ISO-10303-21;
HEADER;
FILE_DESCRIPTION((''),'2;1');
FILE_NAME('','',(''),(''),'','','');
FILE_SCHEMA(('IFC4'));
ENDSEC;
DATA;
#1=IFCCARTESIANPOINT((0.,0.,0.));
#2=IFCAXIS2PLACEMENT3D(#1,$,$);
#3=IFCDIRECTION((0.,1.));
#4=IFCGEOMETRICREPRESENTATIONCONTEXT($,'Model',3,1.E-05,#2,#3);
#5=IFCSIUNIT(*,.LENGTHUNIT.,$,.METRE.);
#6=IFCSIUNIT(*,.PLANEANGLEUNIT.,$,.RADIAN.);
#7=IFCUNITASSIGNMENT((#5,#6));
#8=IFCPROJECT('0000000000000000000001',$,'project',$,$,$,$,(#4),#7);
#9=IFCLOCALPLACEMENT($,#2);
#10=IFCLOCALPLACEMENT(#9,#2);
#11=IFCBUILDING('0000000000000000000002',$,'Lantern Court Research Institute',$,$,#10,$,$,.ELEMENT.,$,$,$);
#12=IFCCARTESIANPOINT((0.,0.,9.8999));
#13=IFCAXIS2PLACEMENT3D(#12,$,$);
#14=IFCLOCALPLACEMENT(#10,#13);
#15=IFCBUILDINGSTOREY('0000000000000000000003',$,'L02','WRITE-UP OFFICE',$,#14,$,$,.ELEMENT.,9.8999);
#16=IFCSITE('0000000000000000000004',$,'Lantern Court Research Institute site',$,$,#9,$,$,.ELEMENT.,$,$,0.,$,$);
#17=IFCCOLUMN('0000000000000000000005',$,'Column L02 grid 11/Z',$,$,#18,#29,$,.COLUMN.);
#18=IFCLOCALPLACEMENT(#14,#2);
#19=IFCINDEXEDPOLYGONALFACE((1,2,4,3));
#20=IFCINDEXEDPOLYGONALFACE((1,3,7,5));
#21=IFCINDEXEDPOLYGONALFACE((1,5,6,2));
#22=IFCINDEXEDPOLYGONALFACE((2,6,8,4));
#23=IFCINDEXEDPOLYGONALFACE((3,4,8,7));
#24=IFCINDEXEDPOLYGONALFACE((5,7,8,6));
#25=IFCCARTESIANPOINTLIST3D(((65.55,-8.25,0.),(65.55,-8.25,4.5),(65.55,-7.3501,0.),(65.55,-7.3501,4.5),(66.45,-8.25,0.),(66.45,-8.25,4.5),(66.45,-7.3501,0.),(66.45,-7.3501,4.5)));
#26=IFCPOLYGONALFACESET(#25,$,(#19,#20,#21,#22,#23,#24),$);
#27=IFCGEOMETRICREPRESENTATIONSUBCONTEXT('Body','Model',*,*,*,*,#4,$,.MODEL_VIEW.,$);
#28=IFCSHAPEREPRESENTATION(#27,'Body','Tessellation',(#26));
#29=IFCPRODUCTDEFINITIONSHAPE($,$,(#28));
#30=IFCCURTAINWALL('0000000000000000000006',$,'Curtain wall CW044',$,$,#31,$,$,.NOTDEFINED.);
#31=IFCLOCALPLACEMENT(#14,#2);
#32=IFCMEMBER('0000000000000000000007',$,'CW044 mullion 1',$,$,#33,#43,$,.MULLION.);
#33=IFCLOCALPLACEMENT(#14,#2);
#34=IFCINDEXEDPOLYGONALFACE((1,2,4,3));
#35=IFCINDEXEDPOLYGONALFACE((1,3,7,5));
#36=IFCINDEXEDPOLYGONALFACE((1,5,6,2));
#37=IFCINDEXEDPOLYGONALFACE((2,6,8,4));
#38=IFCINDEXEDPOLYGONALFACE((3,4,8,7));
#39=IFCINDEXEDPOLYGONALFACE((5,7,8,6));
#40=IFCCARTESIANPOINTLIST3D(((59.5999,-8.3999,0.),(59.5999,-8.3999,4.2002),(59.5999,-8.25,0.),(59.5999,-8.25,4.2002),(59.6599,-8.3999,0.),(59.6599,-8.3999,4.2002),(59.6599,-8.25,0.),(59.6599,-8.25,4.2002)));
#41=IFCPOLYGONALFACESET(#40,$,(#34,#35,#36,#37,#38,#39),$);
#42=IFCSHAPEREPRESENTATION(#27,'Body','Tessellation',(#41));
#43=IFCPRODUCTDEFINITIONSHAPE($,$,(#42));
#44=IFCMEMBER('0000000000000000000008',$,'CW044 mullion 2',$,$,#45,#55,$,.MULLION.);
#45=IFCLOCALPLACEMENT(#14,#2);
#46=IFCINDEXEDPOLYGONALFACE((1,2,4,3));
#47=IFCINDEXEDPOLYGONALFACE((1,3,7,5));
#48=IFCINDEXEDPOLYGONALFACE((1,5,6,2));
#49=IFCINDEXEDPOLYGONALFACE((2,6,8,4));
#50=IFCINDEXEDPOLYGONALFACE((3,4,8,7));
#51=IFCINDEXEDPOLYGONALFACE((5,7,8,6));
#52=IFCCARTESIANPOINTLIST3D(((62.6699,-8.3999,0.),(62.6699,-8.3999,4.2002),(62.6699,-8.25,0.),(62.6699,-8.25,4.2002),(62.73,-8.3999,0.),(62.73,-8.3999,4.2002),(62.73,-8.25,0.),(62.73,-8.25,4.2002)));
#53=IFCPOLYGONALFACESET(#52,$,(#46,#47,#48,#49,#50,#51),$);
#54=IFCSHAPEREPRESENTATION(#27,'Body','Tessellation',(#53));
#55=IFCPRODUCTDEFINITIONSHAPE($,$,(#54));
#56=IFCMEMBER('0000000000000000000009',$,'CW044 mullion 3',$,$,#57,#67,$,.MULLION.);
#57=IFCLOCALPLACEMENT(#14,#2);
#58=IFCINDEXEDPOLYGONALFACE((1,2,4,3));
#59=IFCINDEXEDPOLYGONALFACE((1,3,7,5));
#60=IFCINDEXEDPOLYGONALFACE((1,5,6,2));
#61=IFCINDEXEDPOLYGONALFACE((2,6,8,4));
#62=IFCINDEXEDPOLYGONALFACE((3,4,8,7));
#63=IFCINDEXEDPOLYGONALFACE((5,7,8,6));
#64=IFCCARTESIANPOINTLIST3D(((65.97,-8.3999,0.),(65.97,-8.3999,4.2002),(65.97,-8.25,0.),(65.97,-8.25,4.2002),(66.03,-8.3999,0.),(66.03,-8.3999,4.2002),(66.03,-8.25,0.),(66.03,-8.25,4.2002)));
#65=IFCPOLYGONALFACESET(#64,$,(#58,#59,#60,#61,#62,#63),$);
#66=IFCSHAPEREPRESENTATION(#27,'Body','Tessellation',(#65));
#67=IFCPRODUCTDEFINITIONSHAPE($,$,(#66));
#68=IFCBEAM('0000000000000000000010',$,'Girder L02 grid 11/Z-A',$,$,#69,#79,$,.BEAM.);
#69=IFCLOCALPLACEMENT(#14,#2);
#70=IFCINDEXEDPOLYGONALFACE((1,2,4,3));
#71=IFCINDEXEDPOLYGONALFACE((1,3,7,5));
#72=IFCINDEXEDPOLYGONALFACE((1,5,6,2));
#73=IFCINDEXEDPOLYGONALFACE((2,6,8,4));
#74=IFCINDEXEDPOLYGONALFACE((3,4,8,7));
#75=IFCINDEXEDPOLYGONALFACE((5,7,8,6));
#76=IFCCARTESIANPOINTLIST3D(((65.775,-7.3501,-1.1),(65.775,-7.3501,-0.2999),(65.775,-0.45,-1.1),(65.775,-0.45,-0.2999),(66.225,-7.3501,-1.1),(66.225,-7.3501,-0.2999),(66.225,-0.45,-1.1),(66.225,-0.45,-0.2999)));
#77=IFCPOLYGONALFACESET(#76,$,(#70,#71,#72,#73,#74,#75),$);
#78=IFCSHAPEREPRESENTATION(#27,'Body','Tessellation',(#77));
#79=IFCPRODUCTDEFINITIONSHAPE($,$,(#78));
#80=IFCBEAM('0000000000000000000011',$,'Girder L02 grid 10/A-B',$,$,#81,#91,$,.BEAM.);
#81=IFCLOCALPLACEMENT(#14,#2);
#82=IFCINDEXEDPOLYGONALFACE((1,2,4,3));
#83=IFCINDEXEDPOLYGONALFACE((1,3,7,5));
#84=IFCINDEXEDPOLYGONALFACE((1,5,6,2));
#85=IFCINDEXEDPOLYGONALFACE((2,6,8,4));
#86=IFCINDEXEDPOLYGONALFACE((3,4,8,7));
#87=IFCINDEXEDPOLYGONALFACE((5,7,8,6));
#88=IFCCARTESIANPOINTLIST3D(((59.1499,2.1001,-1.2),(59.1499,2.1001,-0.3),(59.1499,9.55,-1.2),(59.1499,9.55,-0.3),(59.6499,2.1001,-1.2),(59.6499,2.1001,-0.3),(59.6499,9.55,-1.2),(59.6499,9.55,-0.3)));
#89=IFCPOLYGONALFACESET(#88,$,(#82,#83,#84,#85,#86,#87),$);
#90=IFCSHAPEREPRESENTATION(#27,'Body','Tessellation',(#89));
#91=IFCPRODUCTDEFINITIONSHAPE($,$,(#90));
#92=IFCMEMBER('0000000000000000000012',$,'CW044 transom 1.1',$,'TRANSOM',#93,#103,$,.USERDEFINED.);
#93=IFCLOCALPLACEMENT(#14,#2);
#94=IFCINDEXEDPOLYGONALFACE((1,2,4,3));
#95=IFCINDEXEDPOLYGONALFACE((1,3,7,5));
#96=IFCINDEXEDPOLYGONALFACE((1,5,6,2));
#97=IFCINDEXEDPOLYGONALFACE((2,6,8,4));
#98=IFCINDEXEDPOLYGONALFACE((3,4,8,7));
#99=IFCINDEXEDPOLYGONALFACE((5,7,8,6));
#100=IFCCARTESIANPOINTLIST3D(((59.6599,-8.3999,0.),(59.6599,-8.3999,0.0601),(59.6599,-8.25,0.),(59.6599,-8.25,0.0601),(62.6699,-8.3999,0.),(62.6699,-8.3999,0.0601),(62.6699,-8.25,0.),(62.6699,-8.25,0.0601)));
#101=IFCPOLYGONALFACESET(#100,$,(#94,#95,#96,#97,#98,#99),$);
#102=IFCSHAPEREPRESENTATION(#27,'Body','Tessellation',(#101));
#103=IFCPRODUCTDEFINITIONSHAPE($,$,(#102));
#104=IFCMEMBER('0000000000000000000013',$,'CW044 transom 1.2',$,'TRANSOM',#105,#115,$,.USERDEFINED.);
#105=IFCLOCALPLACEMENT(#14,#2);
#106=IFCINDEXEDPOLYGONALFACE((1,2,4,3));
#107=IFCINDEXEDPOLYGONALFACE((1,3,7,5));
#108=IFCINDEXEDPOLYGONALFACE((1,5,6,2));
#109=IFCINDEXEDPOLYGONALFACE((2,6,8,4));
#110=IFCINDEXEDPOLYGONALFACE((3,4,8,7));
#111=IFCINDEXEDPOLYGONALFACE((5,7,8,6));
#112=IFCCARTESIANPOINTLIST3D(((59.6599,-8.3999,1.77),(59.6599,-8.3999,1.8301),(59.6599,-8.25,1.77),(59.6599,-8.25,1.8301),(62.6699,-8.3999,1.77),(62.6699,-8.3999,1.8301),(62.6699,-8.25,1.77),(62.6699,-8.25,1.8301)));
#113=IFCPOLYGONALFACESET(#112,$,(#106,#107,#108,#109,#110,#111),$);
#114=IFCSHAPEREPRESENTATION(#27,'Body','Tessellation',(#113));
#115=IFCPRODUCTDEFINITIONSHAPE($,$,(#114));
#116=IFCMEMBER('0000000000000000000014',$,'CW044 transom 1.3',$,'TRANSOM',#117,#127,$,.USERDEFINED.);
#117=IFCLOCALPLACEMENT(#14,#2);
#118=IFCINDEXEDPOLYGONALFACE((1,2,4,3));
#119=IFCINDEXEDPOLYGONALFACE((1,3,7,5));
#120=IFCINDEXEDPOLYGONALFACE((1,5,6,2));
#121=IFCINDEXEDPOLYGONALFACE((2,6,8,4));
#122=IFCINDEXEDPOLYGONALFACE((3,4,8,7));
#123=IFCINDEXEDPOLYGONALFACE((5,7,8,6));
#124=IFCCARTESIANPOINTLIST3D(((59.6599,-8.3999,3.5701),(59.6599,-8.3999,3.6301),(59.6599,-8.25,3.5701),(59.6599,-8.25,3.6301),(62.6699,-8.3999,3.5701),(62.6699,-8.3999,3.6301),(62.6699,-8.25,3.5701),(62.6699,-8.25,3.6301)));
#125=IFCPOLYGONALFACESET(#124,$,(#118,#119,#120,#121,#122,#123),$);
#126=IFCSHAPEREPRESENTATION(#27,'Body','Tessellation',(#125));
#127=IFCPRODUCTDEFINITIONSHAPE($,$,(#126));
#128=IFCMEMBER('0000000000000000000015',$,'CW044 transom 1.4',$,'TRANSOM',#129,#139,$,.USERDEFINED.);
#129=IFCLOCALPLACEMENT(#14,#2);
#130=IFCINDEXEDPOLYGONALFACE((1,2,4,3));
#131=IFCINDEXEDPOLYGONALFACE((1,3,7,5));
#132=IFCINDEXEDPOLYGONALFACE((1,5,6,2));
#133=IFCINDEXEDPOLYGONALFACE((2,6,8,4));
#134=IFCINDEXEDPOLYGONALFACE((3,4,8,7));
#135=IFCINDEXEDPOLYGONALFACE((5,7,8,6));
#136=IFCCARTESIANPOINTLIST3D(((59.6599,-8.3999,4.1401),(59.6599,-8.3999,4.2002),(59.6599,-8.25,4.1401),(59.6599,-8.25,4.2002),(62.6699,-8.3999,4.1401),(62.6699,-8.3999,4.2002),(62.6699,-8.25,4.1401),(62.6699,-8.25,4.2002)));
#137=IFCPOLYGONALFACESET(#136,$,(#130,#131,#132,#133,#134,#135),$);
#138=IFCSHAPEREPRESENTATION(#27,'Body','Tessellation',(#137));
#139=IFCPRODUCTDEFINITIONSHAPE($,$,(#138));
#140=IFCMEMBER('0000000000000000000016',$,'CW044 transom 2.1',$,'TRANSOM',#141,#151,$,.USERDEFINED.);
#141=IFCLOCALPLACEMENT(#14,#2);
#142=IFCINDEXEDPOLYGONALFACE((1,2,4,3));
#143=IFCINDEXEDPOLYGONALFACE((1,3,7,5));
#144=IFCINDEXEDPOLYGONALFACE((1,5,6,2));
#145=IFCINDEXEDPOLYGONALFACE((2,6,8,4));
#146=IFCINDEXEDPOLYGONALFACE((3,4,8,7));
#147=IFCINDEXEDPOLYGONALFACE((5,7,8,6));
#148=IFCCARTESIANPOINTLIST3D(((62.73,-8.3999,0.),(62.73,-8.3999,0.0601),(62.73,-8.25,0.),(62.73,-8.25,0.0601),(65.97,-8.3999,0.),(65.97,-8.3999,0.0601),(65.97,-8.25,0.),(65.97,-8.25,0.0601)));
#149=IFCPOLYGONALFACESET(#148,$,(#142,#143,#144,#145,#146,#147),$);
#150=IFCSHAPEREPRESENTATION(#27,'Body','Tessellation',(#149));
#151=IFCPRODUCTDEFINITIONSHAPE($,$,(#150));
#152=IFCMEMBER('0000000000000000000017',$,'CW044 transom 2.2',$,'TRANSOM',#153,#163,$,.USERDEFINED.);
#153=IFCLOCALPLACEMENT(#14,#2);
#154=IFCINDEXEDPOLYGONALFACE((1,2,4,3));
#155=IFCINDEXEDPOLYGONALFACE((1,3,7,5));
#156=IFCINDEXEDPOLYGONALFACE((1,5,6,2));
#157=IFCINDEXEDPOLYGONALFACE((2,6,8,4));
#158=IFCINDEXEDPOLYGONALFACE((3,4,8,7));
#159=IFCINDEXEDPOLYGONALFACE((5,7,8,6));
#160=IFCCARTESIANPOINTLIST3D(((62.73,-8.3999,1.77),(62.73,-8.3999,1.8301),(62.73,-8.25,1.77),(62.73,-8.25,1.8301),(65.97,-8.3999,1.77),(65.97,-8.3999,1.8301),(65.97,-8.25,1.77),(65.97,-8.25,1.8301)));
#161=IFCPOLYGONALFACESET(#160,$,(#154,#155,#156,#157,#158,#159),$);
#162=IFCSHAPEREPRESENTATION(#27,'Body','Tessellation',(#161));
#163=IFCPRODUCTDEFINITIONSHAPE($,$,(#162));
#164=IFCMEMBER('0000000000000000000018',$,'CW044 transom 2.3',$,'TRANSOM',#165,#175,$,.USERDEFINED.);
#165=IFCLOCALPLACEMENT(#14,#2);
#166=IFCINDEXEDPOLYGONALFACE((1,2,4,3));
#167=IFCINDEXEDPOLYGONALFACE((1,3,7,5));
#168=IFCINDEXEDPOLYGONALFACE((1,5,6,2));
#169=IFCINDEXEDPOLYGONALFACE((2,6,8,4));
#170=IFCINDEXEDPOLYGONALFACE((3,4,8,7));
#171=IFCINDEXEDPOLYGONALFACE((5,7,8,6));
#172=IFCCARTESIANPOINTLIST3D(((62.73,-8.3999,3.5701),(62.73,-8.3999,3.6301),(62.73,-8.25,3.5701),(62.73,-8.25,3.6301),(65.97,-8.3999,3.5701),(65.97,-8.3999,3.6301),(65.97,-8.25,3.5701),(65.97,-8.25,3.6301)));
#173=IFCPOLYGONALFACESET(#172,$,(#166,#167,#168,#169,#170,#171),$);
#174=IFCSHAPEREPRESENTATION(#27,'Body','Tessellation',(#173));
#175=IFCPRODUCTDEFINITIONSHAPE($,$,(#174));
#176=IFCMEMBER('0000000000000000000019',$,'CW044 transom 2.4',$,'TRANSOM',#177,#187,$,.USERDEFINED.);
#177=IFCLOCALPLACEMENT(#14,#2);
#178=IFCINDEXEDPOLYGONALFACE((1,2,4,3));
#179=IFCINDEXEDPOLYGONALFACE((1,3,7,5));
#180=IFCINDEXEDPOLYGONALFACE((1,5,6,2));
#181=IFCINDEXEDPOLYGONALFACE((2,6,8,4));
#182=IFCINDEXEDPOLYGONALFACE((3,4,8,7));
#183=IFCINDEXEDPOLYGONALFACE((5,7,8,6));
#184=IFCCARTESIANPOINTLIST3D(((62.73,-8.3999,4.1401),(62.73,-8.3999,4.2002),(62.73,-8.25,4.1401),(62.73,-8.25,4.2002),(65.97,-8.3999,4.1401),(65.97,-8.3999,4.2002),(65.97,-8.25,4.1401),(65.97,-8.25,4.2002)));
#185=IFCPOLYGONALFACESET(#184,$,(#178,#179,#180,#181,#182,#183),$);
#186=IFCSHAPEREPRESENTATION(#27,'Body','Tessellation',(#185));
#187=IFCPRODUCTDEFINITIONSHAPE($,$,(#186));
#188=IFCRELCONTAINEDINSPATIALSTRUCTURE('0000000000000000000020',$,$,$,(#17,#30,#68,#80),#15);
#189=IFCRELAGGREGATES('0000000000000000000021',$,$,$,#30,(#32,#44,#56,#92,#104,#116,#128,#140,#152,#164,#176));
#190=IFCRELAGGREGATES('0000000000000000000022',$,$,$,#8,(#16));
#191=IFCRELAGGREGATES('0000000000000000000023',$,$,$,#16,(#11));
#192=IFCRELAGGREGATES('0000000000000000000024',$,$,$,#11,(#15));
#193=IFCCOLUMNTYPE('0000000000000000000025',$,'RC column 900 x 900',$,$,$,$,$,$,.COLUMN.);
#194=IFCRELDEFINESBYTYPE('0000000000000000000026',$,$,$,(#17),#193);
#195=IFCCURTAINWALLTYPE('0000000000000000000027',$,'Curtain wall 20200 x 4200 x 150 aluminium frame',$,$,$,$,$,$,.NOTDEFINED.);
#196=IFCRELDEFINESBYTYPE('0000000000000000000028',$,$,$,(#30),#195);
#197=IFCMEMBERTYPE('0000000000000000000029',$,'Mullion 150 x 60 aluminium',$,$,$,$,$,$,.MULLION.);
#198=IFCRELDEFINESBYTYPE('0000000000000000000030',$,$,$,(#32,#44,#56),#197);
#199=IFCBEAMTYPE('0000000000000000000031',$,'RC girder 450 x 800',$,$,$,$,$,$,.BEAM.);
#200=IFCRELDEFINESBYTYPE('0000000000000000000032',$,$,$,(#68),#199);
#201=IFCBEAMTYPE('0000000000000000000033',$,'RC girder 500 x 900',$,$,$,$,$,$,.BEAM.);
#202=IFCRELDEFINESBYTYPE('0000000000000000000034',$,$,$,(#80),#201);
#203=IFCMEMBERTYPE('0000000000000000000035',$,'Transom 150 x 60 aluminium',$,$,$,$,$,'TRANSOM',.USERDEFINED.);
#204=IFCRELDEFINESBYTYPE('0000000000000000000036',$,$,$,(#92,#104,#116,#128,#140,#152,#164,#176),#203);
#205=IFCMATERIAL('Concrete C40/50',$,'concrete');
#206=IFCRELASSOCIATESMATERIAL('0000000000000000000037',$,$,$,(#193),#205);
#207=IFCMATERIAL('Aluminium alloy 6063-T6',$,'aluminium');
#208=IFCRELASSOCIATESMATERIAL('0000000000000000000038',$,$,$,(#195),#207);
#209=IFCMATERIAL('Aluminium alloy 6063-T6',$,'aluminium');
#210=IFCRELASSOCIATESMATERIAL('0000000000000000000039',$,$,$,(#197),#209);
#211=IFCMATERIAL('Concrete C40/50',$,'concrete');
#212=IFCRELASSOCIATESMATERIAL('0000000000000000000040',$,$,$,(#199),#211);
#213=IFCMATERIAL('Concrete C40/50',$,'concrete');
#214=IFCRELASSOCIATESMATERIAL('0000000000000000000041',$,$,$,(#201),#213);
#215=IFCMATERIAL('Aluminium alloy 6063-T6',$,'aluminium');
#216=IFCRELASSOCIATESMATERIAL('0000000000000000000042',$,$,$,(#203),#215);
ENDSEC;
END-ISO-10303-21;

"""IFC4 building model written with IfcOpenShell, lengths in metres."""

from ifc_helpers import new_model, si_unit, direction, frame, origin, origin_2d, place, context, subcontext, project, spatial, rectangle, extrude, material, material_profile, profile_set, type_object, element, aggregate, save


model = new_model("IFC4")

# Units and contexts
model_context = context("Model", 3, precision=1e-05, world=origin(), true_north=direction((0.0, 1.0)))
body_context = subcontext(model_context, "Body", "Model", "MODEL_VIEW")
ifc_project = project(units=[si_unit("LENGTHUNIT", "METRE"), si_unit("PLANEANGLEUNIT", "RADIAN")], contexts=[model_context])

# Site, building, storey
site_placement = place(None, origin())
site = spatial("IfcSite", under=ifc_project, at=site_placement, Name="Lantern Court Research Institute site", CompositionType="ELEMENT", RefElevation=0.0)
building_placement = place(site_placement, origin())
building = spatial("IfcBuilding", under=site, at=building_placement, Name="Lantern Court Research Institute", CompositionType="ELEMENT")
storey_placement = place(building_placement, frame((0.0, 0.0, 9.8999)))
storey = spatial("IfcBuildingStorey", under=building, at=storey_placement, Name="L02", Description="WRITE-UP OFFICE", CompositionType="ELEMENT", Elevation=9.8999)

# Column
ifc_material_1 = material(Name="Concrete C40/50", Category="concrete")
ifc_material_profile_1 = material_profile(ifc_material_1, rectangle(XDim=0.8999, YDim=0.8999, at=origin_2d()), Name="RC column 900 x 900")
ifc_profile_set_1 = profile_set([ifc_material_profile_1], Name="Concrete C40/50")
column_type = type_object("IfcColumnType", Name="RC column 900 x 900", PredefinedType="COLUMN", material=ifc_profile_set_1)
column_placement = place(storey_placement, frame((66.0, -7.8, 0.0), z_axis=(0.0, 0.0, 1.0), x_axis=(1.0, 0.0, 0.0)))
element("IfcColumn", 1, at=column_placement, inside=storey, type_object=column_type, Name="Column L02 grid 11/Z", PredefinedType="COLUMN", context=body_context, shape_type="SweptSolid", body=[
    extrude(rectangle(XDim=0.8999, YDim=0.8999, at=origin_2d()), origin(), (0.0, 0.0, 1.0), 4.5),
])

# Curtain wall, members
ifc_material_2 = material(Name="Aluminium alloy 6063-T6", Category="aluminium")
curtain_wall_type = type_object("IfcCurtainWallType", Name="Curtain wall 20200 x 4200 x 150 aluminium frame", PredefinedType="NOTDEFINED", material=ifc_material_2)
curtain_wall_placement = place(storey_placement, origin())
curtain_wall = element("IfcCurtainWall", 2, at=curtain_wall_placement, inside=storey, type_object=curtain_wall_type, Name="Curtain wall CW044", PredefinedType="NOTDEFINED")
ifc_material_3 = material(Name="Aluminium alloy 6063-T6", Category="aluminium")
ifc_material_profile_2 = material_profile(ifc_material_3, rectangle(XDim=0.1499, YDim=0.0601, at=origin_2d()), Name="Mullion 150 x 60")
ifc_profile_set_2 = profile_set([ifc_material_profile_2], Name="Aluminium alloy 6063-T6")
member_type_1 = type_object("IfcMemberType", Name="Mullion 150 x 60 aluminium", PredefinedType="MULLION", material=ifc_profile_set_2)
member_1_placement = place(storey_placement, frame((59.6299, -8.325, 0.0), z_axis=(0.0, 0.0, 1.0), x_axis=(0.0, -1.0, 0.0)))
member_1 = element("IfcMember", 3, at=member_1_placement, type_object=member_type_1, Name="CW044 mullion 1", PredefinedType="MULLION", context=body_context, shape_type="SweptSolid", body=[
    extrude(rectangle(XDim=0.1499, YDim=0.0601, at=origin_2d()), origin(), (0.0, 0.0, 1.0), 4.2002),
])
member_2_placement = place(storey_placement, frame((62.7, -8.325, 0.0), z_axis=(0.0, 0.0, 1.0), x_axis=(0.0, -1.0, 0.0)))
member_2 = element("IfcMember", 4, at=member_2_placement, type_object=member_type_1, Name="CW044 mullion 2", PredefinedType="MULLION", context=body_context, shape_type="SweptSolid", body=[
    extrude(rectangle(XDim=0.1499, YDim=0.0601, at=origin_2d()), origin(), (0.0, 0.0, 1.0), 4.2002),
])
member_3_placement = place(storey_placement, frame((66.0, -8.325, 0.0), z_axis=(0.0, 0.0, 1.0), x_axis=(0.0, -1.0, 0.0)))
member_3 = element("IfcMember", 5, at=member_3_placement, type_object=member_type_1, Name="CW044 mullion 3", PredefinedType="MULLION", context=body_context, shape_type="SweptSolid", body=[
    extrude(rectangle(XDim=0.1499, YDim=0.0601, at=origin_2d()), origin(), (0.0, 0.0, 1.0), 4.2002),
])

# Beams
ifc_material_4 = material(Name="Concrete C40/50", Category="concrete")
ifc_material_profile_3 = material_profile(ifc_material_4, rectangle(XDim=0.45, YDim=0.8, at=origin_2d()), Name="RC beam 450 x 800")
ifc_profile_set_3 = profile_set([ifc_material_profile_3], Name="Concrete C40/50")
beam_type_1 = type_object("IfcBeamType", Name="RC girder 450 x 800", PredefinedType="BEAM", material=ifc_profile_set_3)
beam_1_placement = place(storey_placement, frame((66.0, -7.3501, -0.7), z_axis=(0.0, 1.0, 0.0), x_axis=(-1.0, 0.0, 0.0)))
element("IfcBeam", 6, at=beam_1_placement, inside=storey, type_object=beam_type_1, Name="Girder L02 grid 11/Z-A", PredefinedType="BEAM", context=body_context, shape_type="SweptSolid", body=[
    extrude(rectangle(XDim=0.45, YDim=0.8, at=origin_2d()), origin(), (0.0, 0.0, 1.0), 6.9001),
])
ifc_material_5 = material(Name="Concrete C40/50", Category="concrete")
ifc_material_profile_4 = material_profile(ifc_material_5, rectangle(XDim=0.5, YDim=0.8999, at=origin_2d()), Name="RC beam 500 x 900")
ifc_profile_set_4 = profile_set([ifc_material_profile_4], Name="Concrete C40/50")
beam_type_2 = type_object("IfcBeamType", Name="RC girder 500 x 900", PredefinedType="BEAM", material=ifc_profile_set_4)
beam_2_placement = place(storey_placement, frame((59.3999, 2.1001, -0.75), z_axis=(0.0, 1.0, 0.0), x_axis=(-1.0, 0.0, 0.0)))
element("IfcBeam", 7, at=beam_2_placement, inside=storey, type_object=beam_type_2, Name="Girder L02 grid 10/A-B", PredefinedType="BEAM", context=body_context, shape_type="SweptSolid", body=[
    extrude(rectangle(XDim=0.5, YDim=0.8999, at=origin_2d()), origin(), (0.0, 0.0, 1.0), 7.45),
])

# Members
ifc_material_6 = material(Name="Aluminium alloy 6063-T6", Category="aluminium")
ifc_material_profile_5 = material_profile(ifc_material_6, rectangle(XDim=0.1499, YDim=0.0601, at=origin_2d()), Name="Transom 150 x 60")
ifc_profile_set_5 = profile_set([ifc_material_profile_5], Name="Aluminium alloy 6063-T6")
member_type_2 = type_object("IfcMemberType", Name="Transom 150 x 60 aluminium", ElementType="TRANSOM", PredefinedType="USERDEFINED", material=ifc_profile_set_5)
member_4_placement = place(storey_placement, frame((62.6699, -8.325, 0.03), z_axis=(-1.0, 0.0, 0.0), x_axis=(0.0, -1.0, 0.0)))
member_4 = element("IfcMember", 8, at=member_4_placement, type_object=member_type_2, Name="CW044 transom 1.1", ObjectType="TRANSOM", PredefinedType="USERDEFINED", context=body_context, shape_type="SweptSolid", body=[
    extrude(rectangle(XDim=0.1499, YDim=0.0601, at=origin_2d()), origin(), (0.0, 0.0, 1.0), 3.01),
])
member_5_placement = place(storey_placement, frame((62.6699, -8.325, 1.8), z_axis=(-1.0, 0.0, 0.0), x_axis=(0.0, -1.0, 0.0)))
member_5 = element("IfcMember", 9, at=member_5_placement, type_object=member_type_2, Name="CW044 transom 1.2", ObjectType="TRANSOM", PredefinedType="USERDEFINED", context=body_context, shape_type="SweptSolid", body=[
    extrude(rectangle(XDim=0.1499, YDim=0.0601, at=origin_2d()), origin(), (0.0, 0.0, 1.0), 3.01),
])
member_6_placement = place(storey_placement, frame((62.6699, -8.325, 3.6001), z_axis=(-1.0, 0.0, 0.0), x_axis=(0.0, -1.0, 0.0)))
member_6 = element("IfcMember", 10, at=member_6_placement, type_object=member_type_2, Name="CW044 transom 1.3", ObjectType="TRANSOM", PredefinedType="USERDEFINED", context=body_context, shape_type="SweptSolid", body=[
    extrude(rectangle(XDim=0.1499, YDim=0.0601, at=origin_2d()), origin(), (0.0, 0.0, 1.0), 3.01),
])
member_7_placement = place(storey_placement, frame((62.6699, -8.325, 4.1702), z_axis=(-1.0, 0.0, 0.0), x_axis=(0.0, -1.0, 0.0)))
member_7 = element("IfcMember", 11, at=member_7_placement, type_object=member_type_2, Name="CW044 transom 1.4", ObjectType="TRANSOM", PredefinedType="USERDEFINED", context=body_context, shape_type="SweptSolid", body=[
    extrude(rectangle(XDim=0.1499, YDim=0.0601, at=origin_2d()), origin(), (0.0, 0.0, 1.0), 3.01),
])
member_8_placement = place(storey_placement, frame((65.97, -8.325, 0.03), z_axis=(-1.0, 0.0, 0.0), x_axis=(0.0, -1.0, 0.0)))
member_8 = element("IfcMember", 12, at=member_8_placement, type_object=member_type_2, Name="CW044 transom 2.1", ObjectType="TRANSOM", PredefinedType="USERDEFINED", context=body_context, shape_type="SweptSolid", body=[
    extrude(rectangle(XDim=0.1499, YDim=0.0601, at=origin_2d()), origin(), (0.0, 0.0, 1.0), 3.24),
])
member_9_placement = place(storey_placement, frame((65.97, -8.325, 1.8), z_axis=(-1.0, 0.0, 0.0), x_axis=(0.0, -1.0, 0.0)))
member_9 = element("IfcMember", 13, at=member_9_placement, type_object=member_type_2, Name="CW044 transom 2.2", ObjectType="TRANSOM", PredefinedType="USERDEFINED", context=body_context, shape_type="SweptSolid", body=[
    extrude(rectangle(XDim=0.1499, YDim=0.0601, at=origin_2d()), origin(), (0.0, 0.0, 1.0), 3.24),
])
member_10_placement = place(storey_placement, frame((65.97, -8.325, 3.6001), z_axis=(-1.0, 0.0, 0.0), x_axis=(0.0, -1.0, 0.0)))
member_10 = element("IfcMember", 14, at=member_10_placement, type_object=member_type_2, Name="CW044 transom 2.3", ObjectType="TRANSOM", PredefinedType="USERDEFINED", context=body_context, shape_type="SweptSolid", body=[
    extrude(rectangle(XDim=0.1499, YDim=0.0601, at=origin_2d()), origin(), (0.0, 0.0, 1.0), 3.24),
])
member_11_placement = place(storey_placement, frame((65.97, -8.325, 4.1702), z_axis=(-1.0, 0.0, 0.0), x_axis=(0.0, -1.0, 0.0)))
member_11 = element("IfcMember", 15, at=member_11_placement, type_object=member_type_2, Name="CW044 transom 2.4", ObjectType="TRANSOM", PredefinedType="USERDEFINED", context=body_context, shape_type="SweptSolid", body=[
    extrude(rectangle(XDim=0.1499, YDim=0.0601, at=origin_2d()), origin(), (0.0, 0.0, 1.0), 3.24),
])

aggregate(curtain_wall, [member_1, member_2, member_3, member_4, member_5, member_6, member_7, member_8, member_9, member_10, member_11])

save(model, "model.ifc")
